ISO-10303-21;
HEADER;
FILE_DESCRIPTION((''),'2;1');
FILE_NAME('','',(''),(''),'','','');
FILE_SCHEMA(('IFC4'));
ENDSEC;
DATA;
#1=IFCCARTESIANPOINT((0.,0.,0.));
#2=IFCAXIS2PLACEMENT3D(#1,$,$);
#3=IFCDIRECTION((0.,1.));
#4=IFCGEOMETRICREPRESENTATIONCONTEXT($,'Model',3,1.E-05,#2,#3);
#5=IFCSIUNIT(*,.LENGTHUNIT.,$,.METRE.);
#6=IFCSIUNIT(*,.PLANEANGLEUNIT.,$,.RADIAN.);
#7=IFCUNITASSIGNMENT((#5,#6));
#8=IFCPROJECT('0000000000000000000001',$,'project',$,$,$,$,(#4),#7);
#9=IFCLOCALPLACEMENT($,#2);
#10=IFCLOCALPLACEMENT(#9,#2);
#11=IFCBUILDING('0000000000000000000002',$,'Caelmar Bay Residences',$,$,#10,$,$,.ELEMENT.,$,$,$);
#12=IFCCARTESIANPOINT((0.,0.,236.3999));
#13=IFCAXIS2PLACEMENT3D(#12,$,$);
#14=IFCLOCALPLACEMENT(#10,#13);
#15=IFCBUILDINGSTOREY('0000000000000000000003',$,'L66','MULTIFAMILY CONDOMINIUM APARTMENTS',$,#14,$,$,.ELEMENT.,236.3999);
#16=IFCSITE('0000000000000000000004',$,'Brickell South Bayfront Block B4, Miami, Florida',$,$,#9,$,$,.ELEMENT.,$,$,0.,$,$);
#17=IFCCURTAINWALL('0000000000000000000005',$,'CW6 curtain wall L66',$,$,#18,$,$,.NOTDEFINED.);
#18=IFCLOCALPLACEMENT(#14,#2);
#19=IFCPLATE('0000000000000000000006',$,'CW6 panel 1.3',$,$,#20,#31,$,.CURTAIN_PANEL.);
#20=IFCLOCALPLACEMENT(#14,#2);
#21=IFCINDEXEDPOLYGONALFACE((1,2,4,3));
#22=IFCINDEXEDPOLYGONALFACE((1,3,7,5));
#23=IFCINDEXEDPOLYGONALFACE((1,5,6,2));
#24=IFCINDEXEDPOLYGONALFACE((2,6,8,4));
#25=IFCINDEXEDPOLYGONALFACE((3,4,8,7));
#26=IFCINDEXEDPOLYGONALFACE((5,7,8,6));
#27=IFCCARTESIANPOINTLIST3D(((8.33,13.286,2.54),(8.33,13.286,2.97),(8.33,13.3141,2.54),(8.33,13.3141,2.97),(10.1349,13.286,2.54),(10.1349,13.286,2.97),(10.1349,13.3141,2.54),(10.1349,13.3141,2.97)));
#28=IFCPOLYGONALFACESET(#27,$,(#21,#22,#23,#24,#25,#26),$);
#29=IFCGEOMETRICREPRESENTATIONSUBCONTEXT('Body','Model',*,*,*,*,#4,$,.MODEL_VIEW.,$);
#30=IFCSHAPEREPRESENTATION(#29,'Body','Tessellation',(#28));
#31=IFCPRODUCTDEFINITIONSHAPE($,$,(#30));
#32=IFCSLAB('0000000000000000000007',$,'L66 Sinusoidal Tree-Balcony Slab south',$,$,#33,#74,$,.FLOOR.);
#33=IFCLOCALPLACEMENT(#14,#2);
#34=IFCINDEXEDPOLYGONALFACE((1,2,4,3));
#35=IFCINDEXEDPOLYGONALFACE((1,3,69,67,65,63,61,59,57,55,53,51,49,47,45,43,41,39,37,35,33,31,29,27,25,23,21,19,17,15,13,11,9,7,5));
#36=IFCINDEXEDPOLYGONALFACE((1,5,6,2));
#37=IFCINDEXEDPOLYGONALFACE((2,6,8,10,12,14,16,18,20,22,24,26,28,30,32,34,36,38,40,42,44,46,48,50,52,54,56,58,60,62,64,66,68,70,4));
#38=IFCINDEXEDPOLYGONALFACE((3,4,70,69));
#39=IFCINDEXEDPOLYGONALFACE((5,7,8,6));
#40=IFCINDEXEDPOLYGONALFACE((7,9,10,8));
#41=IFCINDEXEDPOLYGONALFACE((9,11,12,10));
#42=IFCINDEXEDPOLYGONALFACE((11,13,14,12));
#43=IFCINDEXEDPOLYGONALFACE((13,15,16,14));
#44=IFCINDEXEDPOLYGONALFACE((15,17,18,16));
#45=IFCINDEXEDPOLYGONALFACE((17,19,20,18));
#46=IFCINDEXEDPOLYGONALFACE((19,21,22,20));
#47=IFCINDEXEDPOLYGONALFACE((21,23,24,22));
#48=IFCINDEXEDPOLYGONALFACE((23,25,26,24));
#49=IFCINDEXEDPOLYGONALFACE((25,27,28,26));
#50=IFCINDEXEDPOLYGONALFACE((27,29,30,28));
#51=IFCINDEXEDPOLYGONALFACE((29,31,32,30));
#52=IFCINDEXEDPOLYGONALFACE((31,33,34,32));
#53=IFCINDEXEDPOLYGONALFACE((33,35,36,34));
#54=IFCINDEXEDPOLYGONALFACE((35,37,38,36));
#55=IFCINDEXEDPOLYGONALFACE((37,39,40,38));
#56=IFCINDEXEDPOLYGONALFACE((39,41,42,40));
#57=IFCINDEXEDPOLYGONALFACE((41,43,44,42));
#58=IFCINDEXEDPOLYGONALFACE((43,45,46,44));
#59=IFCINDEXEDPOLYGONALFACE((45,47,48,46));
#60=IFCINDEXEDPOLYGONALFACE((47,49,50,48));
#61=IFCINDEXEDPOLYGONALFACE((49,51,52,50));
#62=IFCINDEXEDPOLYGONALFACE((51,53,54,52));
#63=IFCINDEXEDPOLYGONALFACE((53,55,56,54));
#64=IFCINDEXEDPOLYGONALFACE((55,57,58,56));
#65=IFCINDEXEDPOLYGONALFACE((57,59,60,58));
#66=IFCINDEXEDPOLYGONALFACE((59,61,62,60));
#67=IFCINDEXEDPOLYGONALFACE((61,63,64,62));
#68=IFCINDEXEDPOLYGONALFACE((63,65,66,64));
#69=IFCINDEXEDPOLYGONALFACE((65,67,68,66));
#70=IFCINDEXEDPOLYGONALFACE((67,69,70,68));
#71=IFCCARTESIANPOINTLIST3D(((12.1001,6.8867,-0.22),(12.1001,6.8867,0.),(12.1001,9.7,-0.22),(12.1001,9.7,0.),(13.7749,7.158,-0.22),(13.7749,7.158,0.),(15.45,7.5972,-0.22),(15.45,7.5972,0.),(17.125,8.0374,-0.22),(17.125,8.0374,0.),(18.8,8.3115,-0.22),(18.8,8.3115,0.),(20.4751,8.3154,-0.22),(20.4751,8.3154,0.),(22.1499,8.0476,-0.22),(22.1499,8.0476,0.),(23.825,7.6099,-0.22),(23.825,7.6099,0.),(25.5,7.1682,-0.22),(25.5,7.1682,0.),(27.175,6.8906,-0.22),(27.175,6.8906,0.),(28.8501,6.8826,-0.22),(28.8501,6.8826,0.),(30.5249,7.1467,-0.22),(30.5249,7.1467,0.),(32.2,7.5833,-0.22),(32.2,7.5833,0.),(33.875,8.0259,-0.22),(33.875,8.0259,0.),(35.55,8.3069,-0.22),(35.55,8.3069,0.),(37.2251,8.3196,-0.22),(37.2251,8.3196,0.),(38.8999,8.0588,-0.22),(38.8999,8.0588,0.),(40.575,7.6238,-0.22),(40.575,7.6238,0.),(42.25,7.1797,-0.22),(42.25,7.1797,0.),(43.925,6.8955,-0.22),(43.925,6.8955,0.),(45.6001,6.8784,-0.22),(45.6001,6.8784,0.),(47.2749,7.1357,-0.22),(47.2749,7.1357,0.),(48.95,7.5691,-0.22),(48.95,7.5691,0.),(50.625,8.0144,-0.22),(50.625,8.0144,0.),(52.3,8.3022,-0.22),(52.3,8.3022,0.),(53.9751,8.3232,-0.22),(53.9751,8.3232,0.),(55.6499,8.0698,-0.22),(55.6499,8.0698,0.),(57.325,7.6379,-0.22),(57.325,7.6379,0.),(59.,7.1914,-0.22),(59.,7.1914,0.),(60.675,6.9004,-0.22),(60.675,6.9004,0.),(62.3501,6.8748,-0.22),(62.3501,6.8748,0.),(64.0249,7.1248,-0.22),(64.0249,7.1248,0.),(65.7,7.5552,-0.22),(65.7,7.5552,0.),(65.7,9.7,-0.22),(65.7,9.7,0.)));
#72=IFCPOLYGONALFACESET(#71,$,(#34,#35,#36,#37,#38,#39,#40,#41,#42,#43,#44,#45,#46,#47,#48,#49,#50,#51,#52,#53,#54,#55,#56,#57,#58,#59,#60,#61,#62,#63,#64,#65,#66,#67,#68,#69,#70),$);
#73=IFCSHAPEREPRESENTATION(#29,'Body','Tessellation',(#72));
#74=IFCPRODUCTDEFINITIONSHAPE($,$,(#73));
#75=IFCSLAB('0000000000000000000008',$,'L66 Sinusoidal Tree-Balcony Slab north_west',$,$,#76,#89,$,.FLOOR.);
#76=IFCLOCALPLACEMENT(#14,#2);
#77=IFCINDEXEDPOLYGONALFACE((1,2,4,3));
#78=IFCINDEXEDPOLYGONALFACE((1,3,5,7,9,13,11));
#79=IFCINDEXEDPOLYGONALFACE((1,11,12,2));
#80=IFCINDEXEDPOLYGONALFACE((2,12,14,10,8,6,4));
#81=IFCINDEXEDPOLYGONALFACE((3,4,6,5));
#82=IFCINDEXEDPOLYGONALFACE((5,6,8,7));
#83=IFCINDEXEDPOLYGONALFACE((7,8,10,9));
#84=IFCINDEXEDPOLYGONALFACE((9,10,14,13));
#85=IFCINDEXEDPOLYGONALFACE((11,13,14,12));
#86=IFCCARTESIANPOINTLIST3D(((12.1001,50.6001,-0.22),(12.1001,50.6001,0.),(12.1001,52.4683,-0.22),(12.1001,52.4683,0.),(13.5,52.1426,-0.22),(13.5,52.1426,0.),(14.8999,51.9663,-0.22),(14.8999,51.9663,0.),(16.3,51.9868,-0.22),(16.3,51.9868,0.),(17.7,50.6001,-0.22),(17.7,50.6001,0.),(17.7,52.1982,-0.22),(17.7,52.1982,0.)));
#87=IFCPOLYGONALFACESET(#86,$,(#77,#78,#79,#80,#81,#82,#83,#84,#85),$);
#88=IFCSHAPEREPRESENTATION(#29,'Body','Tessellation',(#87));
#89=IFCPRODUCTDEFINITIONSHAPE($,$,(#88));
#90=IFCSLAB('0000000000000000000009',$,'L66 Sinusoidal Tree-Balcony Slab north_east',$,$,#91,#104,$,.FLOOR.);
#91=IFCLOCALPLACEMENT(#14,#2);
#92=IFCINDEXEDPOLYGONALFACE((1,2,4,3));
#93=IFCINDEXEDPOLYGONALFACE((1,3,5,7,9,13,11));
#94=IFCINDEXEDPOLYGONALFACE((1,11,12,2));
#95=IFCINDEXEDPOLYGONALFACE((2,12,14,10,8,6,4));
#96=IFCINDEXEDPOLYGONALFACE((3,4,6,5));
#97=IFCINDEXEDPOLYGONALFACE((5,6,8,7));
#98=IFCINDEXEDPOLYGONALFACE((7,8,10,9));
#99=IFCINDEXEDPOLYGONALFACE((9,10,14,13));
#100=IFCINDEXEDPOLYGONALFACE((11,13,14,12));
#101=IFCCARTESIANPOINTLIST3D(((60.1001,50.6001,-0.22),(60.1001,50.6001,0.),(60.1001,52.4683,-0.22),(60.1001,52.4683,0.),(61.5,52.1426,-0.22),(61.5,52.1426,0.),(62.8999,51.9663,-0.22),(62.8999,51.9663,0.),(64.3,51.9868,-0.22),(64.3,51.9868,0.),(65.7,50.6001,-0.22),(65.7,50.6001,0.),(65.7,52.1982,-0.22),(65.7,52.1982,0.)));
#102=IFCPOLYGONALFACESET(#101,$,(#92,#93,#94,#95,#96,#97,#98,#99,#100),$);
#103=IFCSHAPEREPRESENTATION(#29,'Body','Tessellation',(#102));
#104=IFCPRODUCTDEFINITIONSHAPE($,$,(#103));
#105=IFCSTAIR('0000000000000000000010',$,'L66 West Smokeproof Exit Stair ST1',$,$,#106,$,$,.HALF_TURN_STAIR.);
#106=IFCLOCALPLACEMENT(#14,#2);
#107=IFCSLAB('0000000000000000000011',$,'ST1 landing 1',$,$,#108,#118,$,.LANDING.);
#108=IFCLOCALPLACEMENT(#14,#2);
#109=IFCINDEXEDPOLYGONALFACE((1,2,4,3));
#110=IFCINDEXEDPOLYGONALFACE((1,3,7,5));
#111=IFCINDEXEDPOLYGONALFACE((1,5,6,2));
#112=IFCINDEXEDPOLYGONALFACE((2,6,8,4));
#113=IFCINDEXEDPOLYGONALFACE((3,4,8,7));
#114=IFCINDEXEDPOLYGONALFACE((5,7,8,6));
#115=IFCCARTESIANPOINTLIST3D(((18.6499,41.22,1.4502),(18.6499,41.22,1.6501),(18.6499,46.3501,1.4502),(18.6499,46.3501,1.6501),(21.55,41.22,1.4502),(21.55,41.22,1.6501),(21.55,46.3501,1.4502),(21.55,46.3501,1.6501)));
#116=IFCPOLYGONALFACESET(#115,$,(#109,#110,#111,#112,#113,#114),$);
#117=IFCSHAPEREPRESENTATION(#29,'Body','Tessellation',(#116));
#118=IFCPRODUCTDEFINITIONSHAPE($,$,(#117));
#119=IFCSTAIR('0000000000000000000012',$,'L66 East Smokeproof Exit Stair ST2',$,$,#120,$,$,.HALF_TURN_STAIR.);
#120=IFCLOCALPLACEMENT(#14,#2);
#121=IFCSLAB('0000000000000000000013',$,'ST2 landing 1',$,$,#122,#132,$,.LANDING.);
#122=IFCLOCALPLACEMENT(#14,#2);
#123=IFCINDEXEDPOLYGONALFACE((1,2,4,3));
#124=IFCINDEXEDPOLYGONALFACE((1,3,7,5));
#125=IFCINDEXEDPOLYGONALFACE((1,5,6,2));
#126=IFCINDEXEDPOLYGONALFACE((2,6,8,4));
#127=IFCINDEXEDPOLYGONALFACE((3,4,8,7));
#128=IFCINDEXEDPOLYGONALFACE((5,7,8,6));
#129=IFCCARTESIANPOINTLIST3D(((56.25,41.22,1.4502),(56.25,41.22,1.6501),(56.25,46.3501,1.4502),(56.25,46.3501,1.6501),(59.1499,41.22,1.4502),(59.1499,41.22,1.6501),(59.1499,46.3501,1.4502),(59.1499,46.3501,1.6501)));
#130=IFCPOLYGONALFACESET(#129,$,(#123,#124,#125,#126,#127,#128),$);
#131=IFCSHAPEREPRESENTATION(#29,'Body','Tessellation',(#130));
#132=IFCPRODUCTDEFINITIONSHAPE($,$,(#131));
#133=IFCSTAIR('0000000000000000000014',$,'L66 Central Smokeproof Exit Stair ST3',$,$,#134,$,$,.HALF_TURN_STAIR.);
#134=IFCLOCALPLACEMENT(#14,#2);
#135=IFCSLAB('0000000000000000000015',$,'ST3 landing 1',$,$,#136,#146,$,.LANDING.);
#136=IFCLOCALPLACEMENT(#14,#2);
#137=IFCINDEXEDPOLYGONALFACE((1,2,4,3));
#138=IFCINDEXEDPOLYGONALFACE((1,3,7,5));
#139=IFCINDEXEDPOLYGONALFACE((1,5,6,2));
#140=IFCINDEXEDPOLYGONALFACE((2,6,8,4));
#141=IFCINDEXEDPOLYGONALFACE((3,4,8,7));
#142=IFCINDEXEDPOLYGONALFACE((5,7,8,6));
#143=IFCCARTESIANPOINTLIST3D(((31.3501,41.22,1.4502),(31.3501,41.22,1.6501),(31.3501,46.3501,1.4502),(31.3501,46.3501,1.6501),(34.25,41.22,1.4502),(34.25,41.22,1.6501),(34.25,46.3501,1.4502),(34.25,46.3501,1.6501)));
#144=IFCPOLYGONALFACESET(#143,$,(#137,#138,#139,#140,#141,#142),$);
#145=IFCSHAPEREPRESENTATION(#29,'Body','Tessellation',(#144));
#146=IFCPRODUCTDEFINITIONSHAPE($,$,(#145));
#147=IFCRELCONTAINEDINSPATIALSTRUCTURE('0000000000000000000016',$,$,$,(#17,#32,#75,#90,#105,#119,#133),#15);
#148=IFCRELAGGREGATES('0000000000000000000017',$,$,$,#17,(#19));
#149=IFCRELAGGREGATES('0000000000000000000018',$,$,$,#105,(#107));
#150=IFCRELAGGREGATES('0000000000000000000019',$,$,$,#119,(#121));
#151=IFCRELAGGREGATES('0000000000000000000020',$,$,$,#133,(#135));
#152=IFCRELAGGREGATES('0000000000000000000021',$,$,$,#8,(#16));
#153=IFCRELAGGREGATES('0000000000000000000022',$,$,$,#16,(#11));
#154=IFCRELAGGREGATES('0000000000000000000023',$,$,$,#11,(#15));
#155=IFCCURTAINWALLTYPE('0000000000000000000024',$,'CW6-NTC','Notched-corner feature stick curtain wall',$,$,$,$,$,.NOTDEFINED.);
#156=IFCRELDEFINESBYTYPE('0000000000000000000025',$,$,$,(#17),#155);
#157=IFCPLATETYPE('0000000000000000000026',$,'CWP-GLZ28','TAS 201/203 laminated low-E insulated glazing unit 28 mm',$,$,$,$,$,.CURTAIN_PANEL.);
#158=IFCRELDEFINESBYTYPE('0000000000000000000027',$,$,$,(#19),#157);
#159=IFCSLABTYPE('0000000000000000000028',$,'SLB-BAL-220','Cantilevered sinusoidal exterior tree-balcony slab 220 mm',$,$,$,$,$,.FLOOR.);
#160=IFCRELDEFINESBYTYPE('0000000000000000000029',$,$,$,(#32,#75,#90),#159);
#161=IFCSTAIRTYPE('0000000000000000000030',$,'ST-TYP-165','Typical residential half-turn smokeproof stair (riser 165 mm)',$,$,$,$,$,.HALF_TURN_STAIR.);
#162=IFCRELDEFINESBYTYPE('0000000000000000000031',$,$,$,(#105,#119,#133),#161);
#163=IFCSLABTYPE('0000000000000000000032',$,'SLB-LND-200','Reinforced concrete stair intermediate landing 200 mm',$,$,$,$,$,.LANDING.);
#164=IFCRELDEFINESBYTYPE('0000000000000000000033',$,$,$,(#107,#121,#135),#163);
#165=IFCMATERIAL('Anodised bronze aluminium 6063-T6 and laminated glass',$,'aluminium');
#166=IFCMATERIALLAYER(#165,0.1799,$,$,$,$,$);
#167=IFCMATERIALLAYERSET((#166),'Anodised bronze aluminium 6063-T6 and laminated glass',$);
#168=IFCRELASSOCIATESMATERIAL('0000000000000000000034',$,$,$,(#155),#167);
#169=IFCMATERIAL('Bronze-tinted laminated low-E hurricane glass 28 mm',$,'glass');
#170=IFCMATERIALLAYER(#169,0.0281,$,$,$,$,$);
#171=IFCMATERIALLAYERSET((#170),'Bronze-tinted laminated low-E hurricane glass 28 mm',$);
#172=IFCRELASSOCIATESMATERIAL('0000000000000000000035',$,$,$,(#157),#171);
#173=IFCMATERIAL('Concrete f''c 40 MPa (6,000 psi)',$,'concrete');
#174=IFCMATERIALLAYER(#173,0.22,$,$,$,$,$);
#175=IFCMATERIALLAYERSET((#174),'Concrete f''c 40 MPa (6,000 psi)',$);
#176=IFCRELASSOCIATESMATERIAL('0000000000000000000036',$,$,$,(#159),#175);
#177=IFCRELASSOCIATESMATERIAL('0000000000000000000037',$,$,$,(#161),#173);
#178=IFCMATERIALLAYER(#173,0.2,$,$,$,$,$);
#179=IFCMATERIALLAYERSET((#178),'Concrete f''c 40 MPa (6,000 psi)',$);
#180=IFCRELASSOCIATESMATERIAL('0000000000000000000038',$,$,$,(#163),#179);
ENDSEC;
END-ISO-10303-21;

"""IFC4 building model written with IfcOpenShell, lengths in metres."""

from ifc_helpers import new_model, si_unit, direction, frame, origin, origin_2d, place, context, subcontext, project, spatial, polyline, rectangle, outline, extrude, material, layer, layer_set, type_object, element, aggregate, save


model = new_model("IFC4")

# Units and contexts
model_context = context("Model", 3, precision=1e-05, world=origin(), true_north=direction((0.0, 1.0)))
body_context = subcontext(model_context, "Body", "Model", "MODEL_VIEW")
ifc_project = project(units=[si_unit("LENGTHUNIT", "METRE"), si_unit("PLANEANGLEUNIT", "RADIAN")], contexts=[model_context])

# Site, building, storey
site_placement = place(None, origin())
site = spatial("IfcSite", under=ifc_project, at=site_placement, Name="Brickell South Bayfront Block B4, Miami, Florida", CompositionType="ELEMENT", RefElevation=0.0)
building_placement = place(site_placement, origin())
building = spatial("IfcBuilding", under=site, at=building_placement, Name="Caelmar Bay Residences", CompositionType="ELEMENT")
storey_placement = place(building_placement, frame((0.0, 0.0, 236.3999)))
storey = spatial("IfcBuildingStorey", under=building, at=storey_placement, Name="L66", Description="MULTIFAMILY CONDOMINIUM APARTMENTS", CompositionType="ELEMENT", Elevation=236.3999)

# Curtain wall
ifc_material_1 = material(Name="Anodised bronze aluminium 6063-T6 and laminated glass", Category="aluminium")
ifc_layer_1 = layer(ifc_material_1, 0.1799)
ifc_layer_set_1 = layer_set([ifc_layer_1], Name="Anodised bronze aluminium 6063-T6 and laminated glass")
curtain_wall_type_1 = type_object("IfcCurtainWallType", Name="CW6-NTC", Description="Notched-corner feature stick curtain wall", PredefinedType="NOTDEFINED", material=ifc_layer_set_1)
curtain_wall_1_placement = place(storey_placement, origin())
curtain_wall_1 = element("IfcCurtainWall", 1, at=curtain_wall_1_placement, inside=storey, type_object=curtain_wall_type_1, Name="CW6 curtain wall L66", PredefinedType="NOTDEFINED")

# Plate
ifc_material_2 = material(Name="Bronze-tinted laminated low-E hurricane glass 28 mm", Category="glass")
ifc_layer_2 = layer(ifc_material_2, 0.0281)
ifc_layer_set_2 = layer_set([ifc_layer_2], Name="Bronze-tinted laminated low-E hurricane glass 28 mm")
plate_type = type_object("IfcPlateType", Name="CWP-GLZ28", Description="TAS 201/203 laminated low-E insulated glazing unit 28 mm", PredefinedType="CURTAIN_PANEL", material=ifc_layer_set_2)
plate_1_placement = place(storey_placement, frame((9.2324, 13.3, 2.54), z_axis=(0.0, 0.0, 1.0), x_axis=(1.0, 0.0, 0.0)))
plate_1 = element("IfcPlate", 2, at=plate_1_placement, type_object=plate_type, Name="CW6 panel 1.3", PredefinedType="CURTAIN_PANEL", context=body_context, shape_type="SweptSolid", body=[
    extrude(rectangle(XDim=1.8049, YDim=0.0281, at=origin_2d()), origin(), (0.0, 0.0, 1.0), 0.4299),
])
aggregate(curtain_wall_1, [plate_1])

# Slabs
ifc_material_3 = material(Name="Concrete f'c 40 MPa (6,000 psi)", Category="concrete")
ifc_layer_3 = layer(ifc_material_3, 0.22)
ifc_layer_set_3 = layer_set([ifc_layer_3], Name="Concrete f'c 40 MPa (6,000 psi)")
slab_type_1 = type_object("IfcSlabType", Name="SLB-BAL-220", Description="Cantilevered sinusoidal exterior tree-balcony slab 220 mm", PredefinedType="FLOOR", material=ifc_layer_set_3)
slab_1_placement = place(storey_placement, frame((0.0, 0.0, -0.22)))
element("IfcSlab", 3, at=slab_1_placement, inside=storey, type_object=slab_type_1, Name="L66 Sinusoidal Tree-Balcony Slab south", PredefinedType="FLOOR", context=body_context, shape_type="SweptSolid", body=[
    extrude(outline(polyline([(12.1001, 6.8867), (13.7749, 7.158), (15.45, 7.5972), (17.125, 8.0374), (18.8, 8.3115), (20.4751, 8.3154), (22.1499, 8.0476), (23.825, 7.6099), (25.5, 7.1682), (27.175, 6.8906), (28.8501, 6.8826), (30.5249, 7.1467), (32.2, 7.5833), (33.875, 8.0259), (35.55, 8.3069), (37.2251, 8.3196), (38.8999, 8.0588), (40.575, 7.6238), (42.25, 7.1797), (43.925, 6.8955), (45.6001, 6.8784), (47.2749, 7.1357), (48.95, 7.5691), (50.625, 8.0144), (52.3, 8.3022), (53.9751, 8.3232), (55.6499, 8.0698), (57.325, 7.6379), (59.0, 7.1914), (60.675, 6.9004), (62.3501, 6.8748), (64.0249, 7.1248), (65.7, 7.5552), (65.7, 9.7), (12.1001, 9.7), (12.1001, 6.8867)])), origin(), (0.0, 0.0, 1.0), 0.22),
])
slab_2_placement = place(storey_placement, frame((0.0, 0.0, -0.22)))
element("IfcSlab", 4, at=slab_2_placement, inside=storey, type_object=slab_type_1, Name="L66 Sinusoidal Tree-Balcony Slab north_west", PredefinedType="FLOOR", context=body_context, shape_type="SweptSolid", body=[
    extrude(outline(polyline([(12.1001, 50.6001), (17.7, 50.6001), (17.7, 52.1982), (16.3, 51.9868), (14.8999, 51.9663), (13.5, 52.1426), (12.1001, 52.4683), (12.1001, 50.6001)])), origin(), (0.0, 0.0, 1.0), 0.22),
])
slab_3_placement = place(storey_placement, frame((0.0, 0.0, -0.22)))
element("IfcSlab", 5, at=slab_3_placement, inside=storey, type_object=slab_type_1, Name="L66 Sinusoidal Tree-Balcony Slab north_east", PredefinedType="FLOOR", context=body_context, shape_type="SweptSolid", body=[
    extrude(outline(polyline([(60.1001, 50.6001), (65.7, 50.6001), (65.7, 52.1982), (64.3, 51.9868), (62.8999, 51.9663), (61.5, 52.1426), (60.1001, 52.4683), (60.1001, 50.6001)])), origin(), (0.0, 0.0, 1.0), 0.22),
])

# Stairs, slabs
stair_type = type_object("IfcStairType", Name="ST-TYP-165", Description="Typical residential half-turn smokeproof stair (riser 165 mm)", PredefinedType="HALF_TURN_STAIR", material=ifc_material_3)
stair_1_placement = place(storey_placement, origin())
stair_1 = element("IfcStair", 6, at=stair_1_placement, inside=storey, type_object=stair_type, Name="L66 West Smokeproof Exit Stair ST1", PredefinedType="HALF_TURN_STAIR")
ifc_layer_4 = layer(ifc_material_3, 0.2)
ifc_layer_set_4 = layer_set([ifc_layer_4], Name="Concrete f'c 40 MPa (6,000 psi)")
slab_type_2 = type_object("IfcSlabType", Name="SLB-LND-200", Description="Reinforced concrete stair intermediate landing 200 mm", PredefinedType="LANDING", material=ifc_layer_set_4)
slab_4_placement = place(storey_placement, frame((0.0, 0.0, 1.4502)))
slab_4 = element("IfcSlab", 7, at=slab_4_placement, type_object=slab_type_2, Name="ST1 landing 1", PredefinedType="LANDING", context=body_context, shape_type="SweptSolid", body=[
    extrude(outline(polyline([(21.55, 41.22), (21.55, 46.3501), (18.6499, 46.3501), (18.6499, 41.22), (21.55, 41.22)])), origin(), (0.0, 0.0, 1.0), 0.2),
])
aggregate(stair_1, [slab_4])
stair_2_placement = place(storey_placement, origin())
stair_2 = element("IfcStair", 8, at=stair_2_placement, inside=storey, type_object=stair_type, Name="L66 East Smokeproof Exit Stair ST2", PredefinedType="HALF_TURN_STAIR")
slab_5_placement = place(storey_placement, frame((0.0, 0.0, 1.4502)))
slab_5 = element("IfcSlab", 9, at=slab_5_placement, type_object=slab_type_2, Name="ST2 landing 1", PredefinedType="LANDING", context=body_context, shape_type="SweptSolid", body=[
    extrude(outline(polyline([(59.1499, 41.22), (59.1499, 46.3501), (56.25, 46.3501), (56.25, 41.22), (59.1499, 41.22)])), origin(), (0.0, 0.0, 1.0), 0.2),
])
aggregate(stair_2, [slab_5])
stair_3_placement = place(storey_placement, origin())
stair_3 = element("IfcStair", 10, at=stair_3_placement, inside=storey, type_object=stair_type, Name="L66 Central Smokeproof Exit Stair ST3", PredefinedType="HALF_TURN_STAIR")
slab_6_placement = place(storey_placement, frame((0.0, 0.0, 1.4502)))
slab_6 = element("IfcSlab", 11, at=slab_6_placement, type_object=slab_type_2, Name="ST3 landing 1", PredefinedType="LANDING", context=body_context, shape_type="SweptSolid", body=[
    extrude(outline(polyline([(34.25, 41.22), (34.25, 46.3501), (31.3501, 46.3501), (31.3501, 41.22), (34.25, 41.22)])), origin(), (0.0, 0.0, 1.0), 0.2),
])
aggregate(stair_3, [slab_6])

save(model, "model.ifc")
